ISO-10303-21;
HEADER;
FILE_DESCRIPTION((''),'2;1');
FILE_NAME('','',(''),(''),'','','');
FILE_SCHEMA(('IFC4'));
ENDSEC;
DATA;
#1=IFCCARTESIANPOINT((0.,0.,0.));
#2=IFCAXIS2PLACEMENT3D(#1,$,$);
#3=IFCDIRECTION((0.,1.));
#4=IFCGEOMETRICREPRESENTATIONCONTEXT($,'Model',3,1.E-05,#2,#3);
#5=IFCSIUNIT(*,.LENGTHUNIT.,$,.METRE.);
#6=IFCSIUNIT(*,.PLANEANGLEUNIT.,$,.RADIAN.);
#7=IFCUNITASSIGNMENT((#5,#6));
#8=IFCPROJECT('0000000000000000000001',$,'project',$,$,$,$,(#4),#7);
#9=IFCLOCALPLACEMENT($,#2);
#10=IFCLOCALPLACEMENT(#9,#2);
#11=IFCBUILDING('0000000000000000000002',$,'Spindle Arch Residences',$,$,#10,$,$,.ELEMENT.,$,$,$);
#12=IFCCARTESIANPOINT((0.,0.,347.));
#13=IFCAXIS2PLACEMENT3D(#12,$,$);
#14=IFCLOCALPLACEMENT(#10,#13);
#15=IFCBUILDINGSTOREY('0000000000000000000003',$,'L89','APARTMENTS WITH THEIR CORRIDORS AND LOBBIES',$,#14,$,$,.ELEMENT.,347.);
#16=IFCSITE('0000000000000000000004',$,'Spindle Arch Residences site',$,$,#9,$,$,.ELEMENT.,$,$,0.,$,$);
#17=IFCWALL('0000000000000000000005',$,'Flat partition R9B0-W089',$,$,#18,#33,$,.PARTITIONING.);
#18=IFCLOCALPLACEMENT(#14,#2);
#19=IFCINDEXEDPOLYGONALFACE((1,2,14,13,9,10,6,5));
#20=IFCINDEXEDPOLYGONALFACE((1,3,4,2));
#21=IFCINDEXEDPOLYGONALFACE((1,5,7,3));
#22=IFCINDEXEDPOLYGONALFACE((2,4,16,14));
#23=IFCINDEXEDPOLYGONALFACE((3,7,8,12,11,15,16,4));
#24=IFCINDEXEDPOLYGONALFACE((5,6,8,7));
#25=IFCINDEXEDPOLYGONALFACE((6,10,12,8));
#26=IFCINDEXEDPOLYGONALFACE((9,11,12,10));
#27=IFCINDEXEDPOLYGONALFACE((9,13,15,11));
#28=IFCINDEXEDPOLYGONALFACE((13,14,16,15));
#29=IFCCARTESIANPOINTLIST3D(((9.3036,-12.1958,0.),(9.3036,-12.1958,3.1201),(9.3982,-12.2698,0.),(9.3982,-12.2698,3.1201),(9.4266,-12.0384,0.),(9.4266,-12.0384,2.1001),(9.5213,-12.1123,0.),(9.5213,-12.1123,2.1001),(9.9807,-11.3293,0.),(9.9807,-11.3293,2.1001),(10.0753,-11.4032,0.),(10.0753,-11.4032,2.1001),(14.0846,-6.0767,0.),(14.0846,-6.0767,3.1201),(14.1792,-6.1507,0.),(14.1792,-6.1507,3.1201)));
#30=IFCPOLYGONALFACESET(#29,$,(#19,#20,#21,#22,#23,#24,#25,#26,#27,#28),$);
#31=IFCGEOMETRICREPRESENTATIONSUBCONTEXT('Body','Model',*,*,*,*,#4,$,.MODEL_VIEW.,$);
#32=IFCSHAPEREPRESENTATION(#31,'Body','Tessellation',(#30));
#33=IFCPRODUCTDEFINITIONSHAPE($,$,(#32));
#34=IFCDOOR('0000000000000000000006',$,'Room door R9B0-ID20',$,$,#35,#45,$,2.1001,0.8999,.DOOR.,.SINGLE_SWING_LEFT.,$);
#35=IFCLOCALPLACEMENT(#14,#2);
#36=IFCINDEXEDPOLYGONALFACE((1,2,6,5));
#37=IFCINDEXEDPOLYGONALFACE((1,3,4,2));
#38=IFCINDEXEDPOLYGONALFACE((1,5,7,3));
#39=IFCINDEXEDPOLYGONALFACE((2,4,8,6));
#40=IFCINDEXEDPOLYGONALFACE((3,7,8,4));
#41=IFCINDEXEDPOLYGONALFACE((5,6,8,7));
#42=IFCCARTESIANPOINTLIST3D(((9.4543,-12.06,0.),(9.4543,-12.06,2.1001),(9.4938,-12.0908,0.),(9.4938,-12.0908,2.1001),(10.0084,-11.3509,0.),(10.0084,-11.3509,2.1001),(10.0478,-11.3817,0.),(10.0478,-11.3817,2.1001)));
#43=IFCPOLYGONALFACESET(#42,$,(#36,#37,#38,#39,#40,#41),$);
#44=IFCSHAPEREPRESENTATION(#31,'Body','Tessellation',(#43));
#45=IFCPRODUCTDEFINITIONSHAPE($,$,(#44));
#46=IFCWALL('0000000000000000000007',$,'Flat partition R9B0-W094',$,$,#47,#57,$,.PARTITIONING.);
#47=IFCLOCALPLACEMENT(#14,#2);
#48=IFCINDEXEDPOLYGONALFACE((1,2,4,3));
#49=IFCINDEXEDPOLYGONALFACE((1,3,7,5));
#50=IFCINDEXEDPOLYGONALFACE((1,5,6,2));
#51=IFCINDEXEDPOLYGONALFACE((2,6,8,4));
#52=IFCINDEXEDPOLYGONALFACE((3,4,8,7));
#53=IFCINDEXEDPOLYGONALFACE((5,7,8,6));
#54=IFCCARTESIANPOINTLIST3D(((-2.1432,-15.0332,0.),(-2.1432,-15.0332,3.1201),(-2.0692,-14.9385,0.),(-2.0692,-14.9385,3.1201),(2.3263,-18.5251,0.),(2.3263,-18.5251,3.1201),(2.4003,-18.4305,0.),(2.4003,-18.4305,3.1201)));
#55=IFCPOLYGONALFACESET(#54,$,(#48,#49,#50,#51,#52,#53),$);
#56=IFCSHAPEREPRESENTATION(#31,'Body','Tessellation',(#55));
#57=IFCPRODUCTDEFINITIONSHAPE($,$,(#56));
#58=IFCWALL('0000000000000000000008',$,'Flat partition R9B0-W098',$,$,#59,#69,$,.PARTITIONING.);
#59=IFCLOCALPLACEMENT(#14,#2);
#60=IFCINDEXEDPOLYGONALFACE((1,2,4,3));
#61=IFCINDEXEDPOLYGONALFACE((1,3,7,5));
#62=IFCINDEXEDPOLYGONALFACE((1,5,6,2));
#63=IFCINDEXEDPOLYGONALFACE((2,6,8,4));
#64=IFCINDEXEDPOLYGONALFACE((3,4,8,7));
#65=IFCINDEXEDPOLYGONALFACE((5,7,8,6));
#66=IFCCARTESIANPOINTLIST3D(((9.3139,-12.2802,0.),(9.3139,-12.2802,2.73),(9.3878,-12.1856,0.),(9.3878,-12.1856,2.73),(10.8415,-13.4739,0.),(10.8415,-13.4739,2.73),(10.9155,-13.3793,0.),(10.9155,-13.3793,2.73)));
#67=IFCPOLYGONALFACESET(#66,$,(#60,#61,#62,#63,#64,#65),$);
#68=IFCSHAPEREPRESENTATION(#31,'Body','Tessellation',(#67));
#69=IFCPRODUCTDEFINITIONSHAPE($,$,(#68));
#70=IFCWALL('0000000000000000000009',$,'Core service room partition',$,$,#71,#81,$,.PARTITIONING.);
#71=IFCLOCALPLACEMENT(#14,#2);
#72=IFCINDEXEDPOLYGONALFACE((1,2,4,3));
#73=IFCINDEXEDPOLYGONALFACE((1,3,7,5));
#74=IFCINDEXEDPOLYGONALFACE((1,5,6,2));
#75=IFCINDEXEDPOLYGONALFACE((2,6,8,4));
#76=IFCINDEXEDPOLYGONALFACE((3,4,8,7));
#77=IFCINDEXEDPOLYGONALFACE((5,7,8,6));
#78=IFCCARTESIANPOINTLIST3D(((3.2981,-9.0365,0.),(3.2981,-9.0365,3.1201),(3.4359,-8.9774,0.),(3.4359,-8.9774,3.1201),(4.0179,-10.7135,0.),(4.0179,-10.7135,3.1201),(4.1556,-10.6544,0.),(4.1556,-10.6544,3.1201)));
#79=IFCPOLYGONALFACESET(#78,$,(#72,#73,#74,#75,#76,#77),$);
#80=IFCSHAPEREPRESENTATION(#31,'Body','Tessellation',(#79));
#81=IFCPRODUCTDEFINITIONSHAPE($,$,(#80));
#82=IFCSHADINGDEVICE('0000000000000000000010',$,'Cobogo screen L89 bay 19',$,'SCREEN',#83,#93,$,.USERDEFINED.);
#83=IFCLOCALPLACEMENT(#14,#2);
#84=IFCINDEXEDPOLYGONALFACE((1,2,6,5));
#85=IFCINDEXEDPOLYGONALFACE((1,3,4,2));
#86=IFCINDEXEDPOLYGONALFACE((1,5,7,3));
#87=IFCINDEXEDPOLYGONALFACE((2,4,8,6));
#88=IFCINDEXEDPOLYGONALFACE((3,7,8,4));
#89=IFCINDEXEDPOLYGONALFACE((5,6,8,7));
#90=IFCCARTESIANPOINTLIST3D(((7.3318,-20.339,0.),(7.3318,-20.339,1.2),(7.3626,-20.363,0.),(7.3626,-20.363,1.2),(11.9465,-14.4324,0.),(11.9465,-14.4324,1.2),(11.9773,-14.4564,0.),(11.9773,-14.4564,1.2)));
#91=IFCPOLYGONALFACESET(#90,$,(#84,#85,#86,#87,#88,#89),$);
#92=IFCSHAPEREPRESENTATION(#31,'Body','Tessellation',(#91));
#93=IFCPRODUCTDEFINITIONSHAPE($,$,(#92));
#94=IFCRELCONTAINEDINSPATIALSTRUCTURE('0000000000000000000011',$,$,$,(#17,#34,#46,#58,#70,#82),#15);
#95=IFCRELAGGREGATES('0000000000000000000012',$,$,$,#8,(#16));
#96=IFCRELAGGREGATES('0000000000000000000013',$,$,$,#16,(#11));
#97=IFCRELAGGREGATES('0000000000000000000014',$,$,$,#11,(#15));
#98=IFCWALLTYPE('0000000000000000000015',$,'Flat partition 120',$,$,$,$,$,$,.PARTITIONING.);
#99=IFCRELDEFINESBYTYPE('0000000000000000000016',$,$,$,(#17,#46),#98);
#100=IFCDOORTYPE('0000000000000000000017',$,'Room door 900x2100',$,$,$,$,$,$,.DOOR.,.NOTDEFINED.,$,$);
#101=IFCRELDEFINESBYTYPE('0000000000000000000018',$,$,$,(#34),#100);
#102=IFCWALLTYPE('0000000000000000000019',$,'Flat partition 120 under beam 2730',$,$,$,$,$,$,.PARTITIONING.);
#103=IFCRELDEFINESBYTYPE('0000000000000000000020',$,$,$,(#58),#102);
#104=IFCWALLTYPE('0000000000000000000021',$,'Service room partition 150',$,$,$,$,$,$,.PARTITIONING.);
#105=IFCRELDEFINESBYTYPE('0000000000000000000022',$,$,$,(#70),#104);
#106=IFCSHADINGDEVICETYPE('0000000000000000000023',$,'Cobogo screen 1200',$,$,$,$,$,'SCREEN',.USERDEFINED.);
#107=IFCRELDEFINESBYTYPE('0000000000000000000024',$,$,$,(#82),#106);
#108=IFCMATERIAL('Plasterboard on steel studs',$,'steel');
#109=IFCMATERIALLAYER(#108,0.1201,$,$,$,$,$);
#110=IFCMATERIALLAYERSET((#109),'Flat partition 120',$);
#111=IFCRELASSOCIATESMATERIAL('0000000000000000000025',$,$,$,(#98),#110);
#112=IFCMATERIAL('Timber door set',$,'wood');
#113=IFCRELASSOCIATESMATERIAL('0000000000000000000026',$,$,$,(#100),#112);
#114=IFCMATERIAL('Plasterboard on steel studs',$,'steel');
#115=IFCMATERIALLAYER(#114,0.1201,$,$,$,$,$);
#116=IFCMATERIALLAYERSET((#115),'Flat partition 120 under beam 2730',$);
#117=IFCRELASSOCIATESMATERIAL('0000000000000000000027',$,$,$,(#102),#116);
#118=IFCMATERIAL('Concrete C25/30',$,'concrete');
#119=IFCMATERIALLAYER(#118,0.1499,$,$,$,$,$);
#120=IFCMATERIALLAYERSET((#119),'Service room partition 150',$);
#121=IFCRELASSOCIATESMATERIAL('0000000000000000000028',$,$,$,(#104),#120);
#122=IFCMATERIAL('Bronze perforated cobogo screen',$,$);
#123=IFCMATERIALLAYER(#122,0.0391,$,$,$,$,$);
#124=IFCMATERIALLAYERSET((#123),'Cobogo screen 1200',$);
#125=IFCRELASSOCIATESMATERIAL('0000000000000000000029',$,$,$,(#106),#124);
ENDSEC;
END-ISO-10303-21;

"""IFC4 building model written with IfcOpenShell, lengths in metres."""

from ifc_helpers import new_model, si_unit, direction, frame, frame_2d, origin, origin_2d, place, context, subcontext, project, spatial, rectangle, extrude, material, layer, layer_set, type_object, element, fill, save


model = new_model("IFC4")

# Units and contexts
model_context = context("Model", 3, precision=1e-05, world=origin(), true_north=direction((0.0, 1.0)))
body_context = subcontext(model_context, "Body", "Model", "MODEL_VIEW")
ifc_project = project(units=[si_unit("LENGTHUNIT", "METRE"), si_unit("PLANEANGLEUNIT", "RADIAN")], contexts=[model_context])

# Site, building, storey
site_placement = place(None, origin())
site = spatial("IfcSite", under=ifc_project, at=site_placement, Name="Spindle Arch Residences site", CompositionType="ELEMENT", RefElevation=0.0)
building_placement = place(site_placement, origin())
building = spatial("IfcBuilding", under=site, at=building_placement, Name="Spindle Arch Residences", CompositionType="ELEMENT")
storey_placement = place(building_placement, frame((0.0, 0.0, 347.0)))
storey = spatial("IfcBuildingStorey", under=building, at=storey_placement, Name="L89", Description="APARTMENTS WITH THEIR CORRIDORS AND LOBBIES", CompositionType="ELEMENT", Elevation=347.0)

# Shared definitions
ifc_material_1 = material(Name="Plasterboard on steel studs", Category="steel")
ifc_layer_1 = layer(ifc_material_1, 0.1201)
ifc_layer_set_1 = layer_set([ifc_layer_1], Name="Flat partition 120")
wall_type_1 = type_object("IfcWallType", Name="Flat partition 120", PredefinedType="PARTITIONING", material=ifc_layer_set_1)

# Wall, opening, door
ifc_material_2 = material(Name="Timber door set", Category="wood")
door_type_1 = type_object("IfcDoorType", Name="Room door 900x2100", OperationType="NOTDEFINED", PredefinedType="DOOR", material=ifc_material_2)
wall_1_placement = place(storey_placement, frame((9.3508, -12.2329, 0.0), z_axis=(0.0, 0.0, 1.0), x_axis=(0.615678, 0.787998, 0.0)))
wall_1 = element("IfcWall", 1, at=wall_1_placement, inside=storey, type_object=wall_type_1, Name="Flat partition R9B0-W089", PredefinedType="PARTITIONING", context=body_context, shape_type="SweptSolid", body=[
    extrude(rectangle(XDim=7.7654, YDim=0.1201, at=frame_2d((3.8828, 0.0))), origin(), (0.0, 0.0, 1.0), 3.1201),
])
opening_1_placement = place(wall_1_placement, frame((0.2, 0.0, 0.0)))
opening_1 = element("IfcOpeningElement", 2, at=opening_1_placement, cuts=wall_1, PredefinedType="OPENING", context=body_context, shape_type="SweptSolid", body=[
    extrude(rectangle(XDim=0.8999, YDim=2.1001, at=frame_2d((0.45, 1.05))), frame((0.0, 0.0701, 0.0), z_axis=(0.0, -1.0, 0.0), x_axis=(1.0, 0.0, 0.0)), (0.0, 0.0, 1.0), 0.1401),
])
door_1_placement = place(opening_1_placement, origin())
door_1 = element("IfcDoor", 3, at=door_1_placement, inside=storey, type_object=door_type_1, Name="Room door R9B0-ID20", OperationType="SINGLE_SWING_LEFT", OverallHeight=2.1001, OverallWidth=0.8999, PredefinedType="DOOR", context=body_context, shape_type="SweptSolid", body=[
    extrude(rectangle(XDim=0.8999, YDim=2.1001, at=frame_2d((0.45, 1.05))), frame((0.0, 0.0249, 0.0), z_axis=(0.0, -1.0, 0.0), x_axis=(1.0, 0.0, 0.0)), (0.0, 0.0, 1.0), 0.05),
])
fill(opening_1, door_1)

# Walls
wall_2_placement = place(storey_placement, frame((2.3633, -18.4778, 0.0), z_axis=(0.0, 0.0, 1.0), x_axis=(-0.788011, 0.615662, 0.0)))
element("IfcWall", 4, at=wall_2_placement, inside=storey, type_object=wall_type_1, Name="Flat partition R9B0-W094", PredefinedType="PARTITIONING", context=body_context, shape_type="SweptSolid", body=[
    extrude(rectangle(XDim=5.6719, YDim=0.1201, at=frame_2d((2.8359, 0.0))), origin(), (0.0, 0.0, 1.0), 3.1201),
])
ifc_material_3 = material(Name="Plasterboard on steel studs", Category="steel")
ifc_layer_2 = layer(ifc_material_3, 0.1201)
ifc_layer_set_2 = layer_set([ifc_layer_2], Name="Flat partition 120 under beam 2730")
wall_type_2 = type_object("IfcWallType", Name="Flat partition 120 under beam 2730", PredefinedType="PARTITIONING", material=ifc_layer_set_2)
wall_3_placement = place(storey_placement, frame((10.8784, -13.4265, 0.0), z_axis=(0.0, 0.0, 1.0), x_axis=(-0.78798, 0.6157, 0.0)))
element("IfcWall", 5, at=wall_3_placement, inside=storey, type_object=wall_type_2, Name="Flat partition R9B0-W098", PredefinedType="PARTITIONING", context=body_context, shape_type="SweptSolid", body=[
    extrude(rectangle(XDim=1.9387, YDim=0.1201, at=frame_2d((0.9692, 0.0))), origin(), (0.0, 0.0, 1.0), 2.73),
])

# Wall
ifc_material_4 = material(Name="Concrete C25/30", Category="concrete")
ifc_layer_3 = layer(ifc_material_4, 0.1499)
ifc_layer_set_3 = layer_set([ifc_layer_3], Name="Service room partition 150")
wall_type_3 = type_object("IfcWallType", Name="Service room partition 150", PredefinedType="PARTITIONING", material=ifc_layer_set_3)
wall_4_placement = place(storey_placement, frame((3.3669, -9.0068, 0.0), z_axis=(0.0, 0.0, 1.0), x_axis=(0.394387, -0.918944, 0.0)))
element("IfcWall", 6, at=wall_4_placement, inside=storey, type_object=wall_type_3, Name="Core service room partition", PredefinedType="PARTITIONING", context=body_context, shape_type="SweptSolid", body=[
    extrude(rectangle(XDim=1.825, YDim=0.1499, at=frame_2d((0.9126, 0.0))), origin(), (0.0, 0.0, 1.0), 3.1201),
])

# Shading device
ifc_material_5 = material(Name="Bronze perforated cobogo screen")
ifc_layer_4 = layer(ifc_material_5, 0.0391)
ifc_layer_set_4 = layer_set([ifc_layer_4], Name="Cobogo screen 1200")
shading_device_type = type_object("IfcShadingDeviceType", Name="Cobogo screen 1200", ElementType="SCREEN", PredefinedType="USERDEFINED", material=ifc_layer_set_4)
shading_device_placement = place(storey_placement, frame((9.6545, -17.3977, 0.0), z_axis=(0.0, 0.0, 1.0), x_axis=(0.615661, 0.788011, 0.0)))
element("IfcShadingDevice", 7, at=shading_device_placement, inside=storey, type_object=shading_device_type, Name="Cobogo screen L89 bay 19", ObjectType="SCREEN", PredefinedType="USERDEFINED", context=body_context, shape_type="SweptSolid", body=[
    extrude(rectangle(XDim=7.4956, YDim=0.0391, at=origin_2d()), origin(), (0.0, 0.0, 1.0), 1.2),
])

save(model, "model.ifc")
